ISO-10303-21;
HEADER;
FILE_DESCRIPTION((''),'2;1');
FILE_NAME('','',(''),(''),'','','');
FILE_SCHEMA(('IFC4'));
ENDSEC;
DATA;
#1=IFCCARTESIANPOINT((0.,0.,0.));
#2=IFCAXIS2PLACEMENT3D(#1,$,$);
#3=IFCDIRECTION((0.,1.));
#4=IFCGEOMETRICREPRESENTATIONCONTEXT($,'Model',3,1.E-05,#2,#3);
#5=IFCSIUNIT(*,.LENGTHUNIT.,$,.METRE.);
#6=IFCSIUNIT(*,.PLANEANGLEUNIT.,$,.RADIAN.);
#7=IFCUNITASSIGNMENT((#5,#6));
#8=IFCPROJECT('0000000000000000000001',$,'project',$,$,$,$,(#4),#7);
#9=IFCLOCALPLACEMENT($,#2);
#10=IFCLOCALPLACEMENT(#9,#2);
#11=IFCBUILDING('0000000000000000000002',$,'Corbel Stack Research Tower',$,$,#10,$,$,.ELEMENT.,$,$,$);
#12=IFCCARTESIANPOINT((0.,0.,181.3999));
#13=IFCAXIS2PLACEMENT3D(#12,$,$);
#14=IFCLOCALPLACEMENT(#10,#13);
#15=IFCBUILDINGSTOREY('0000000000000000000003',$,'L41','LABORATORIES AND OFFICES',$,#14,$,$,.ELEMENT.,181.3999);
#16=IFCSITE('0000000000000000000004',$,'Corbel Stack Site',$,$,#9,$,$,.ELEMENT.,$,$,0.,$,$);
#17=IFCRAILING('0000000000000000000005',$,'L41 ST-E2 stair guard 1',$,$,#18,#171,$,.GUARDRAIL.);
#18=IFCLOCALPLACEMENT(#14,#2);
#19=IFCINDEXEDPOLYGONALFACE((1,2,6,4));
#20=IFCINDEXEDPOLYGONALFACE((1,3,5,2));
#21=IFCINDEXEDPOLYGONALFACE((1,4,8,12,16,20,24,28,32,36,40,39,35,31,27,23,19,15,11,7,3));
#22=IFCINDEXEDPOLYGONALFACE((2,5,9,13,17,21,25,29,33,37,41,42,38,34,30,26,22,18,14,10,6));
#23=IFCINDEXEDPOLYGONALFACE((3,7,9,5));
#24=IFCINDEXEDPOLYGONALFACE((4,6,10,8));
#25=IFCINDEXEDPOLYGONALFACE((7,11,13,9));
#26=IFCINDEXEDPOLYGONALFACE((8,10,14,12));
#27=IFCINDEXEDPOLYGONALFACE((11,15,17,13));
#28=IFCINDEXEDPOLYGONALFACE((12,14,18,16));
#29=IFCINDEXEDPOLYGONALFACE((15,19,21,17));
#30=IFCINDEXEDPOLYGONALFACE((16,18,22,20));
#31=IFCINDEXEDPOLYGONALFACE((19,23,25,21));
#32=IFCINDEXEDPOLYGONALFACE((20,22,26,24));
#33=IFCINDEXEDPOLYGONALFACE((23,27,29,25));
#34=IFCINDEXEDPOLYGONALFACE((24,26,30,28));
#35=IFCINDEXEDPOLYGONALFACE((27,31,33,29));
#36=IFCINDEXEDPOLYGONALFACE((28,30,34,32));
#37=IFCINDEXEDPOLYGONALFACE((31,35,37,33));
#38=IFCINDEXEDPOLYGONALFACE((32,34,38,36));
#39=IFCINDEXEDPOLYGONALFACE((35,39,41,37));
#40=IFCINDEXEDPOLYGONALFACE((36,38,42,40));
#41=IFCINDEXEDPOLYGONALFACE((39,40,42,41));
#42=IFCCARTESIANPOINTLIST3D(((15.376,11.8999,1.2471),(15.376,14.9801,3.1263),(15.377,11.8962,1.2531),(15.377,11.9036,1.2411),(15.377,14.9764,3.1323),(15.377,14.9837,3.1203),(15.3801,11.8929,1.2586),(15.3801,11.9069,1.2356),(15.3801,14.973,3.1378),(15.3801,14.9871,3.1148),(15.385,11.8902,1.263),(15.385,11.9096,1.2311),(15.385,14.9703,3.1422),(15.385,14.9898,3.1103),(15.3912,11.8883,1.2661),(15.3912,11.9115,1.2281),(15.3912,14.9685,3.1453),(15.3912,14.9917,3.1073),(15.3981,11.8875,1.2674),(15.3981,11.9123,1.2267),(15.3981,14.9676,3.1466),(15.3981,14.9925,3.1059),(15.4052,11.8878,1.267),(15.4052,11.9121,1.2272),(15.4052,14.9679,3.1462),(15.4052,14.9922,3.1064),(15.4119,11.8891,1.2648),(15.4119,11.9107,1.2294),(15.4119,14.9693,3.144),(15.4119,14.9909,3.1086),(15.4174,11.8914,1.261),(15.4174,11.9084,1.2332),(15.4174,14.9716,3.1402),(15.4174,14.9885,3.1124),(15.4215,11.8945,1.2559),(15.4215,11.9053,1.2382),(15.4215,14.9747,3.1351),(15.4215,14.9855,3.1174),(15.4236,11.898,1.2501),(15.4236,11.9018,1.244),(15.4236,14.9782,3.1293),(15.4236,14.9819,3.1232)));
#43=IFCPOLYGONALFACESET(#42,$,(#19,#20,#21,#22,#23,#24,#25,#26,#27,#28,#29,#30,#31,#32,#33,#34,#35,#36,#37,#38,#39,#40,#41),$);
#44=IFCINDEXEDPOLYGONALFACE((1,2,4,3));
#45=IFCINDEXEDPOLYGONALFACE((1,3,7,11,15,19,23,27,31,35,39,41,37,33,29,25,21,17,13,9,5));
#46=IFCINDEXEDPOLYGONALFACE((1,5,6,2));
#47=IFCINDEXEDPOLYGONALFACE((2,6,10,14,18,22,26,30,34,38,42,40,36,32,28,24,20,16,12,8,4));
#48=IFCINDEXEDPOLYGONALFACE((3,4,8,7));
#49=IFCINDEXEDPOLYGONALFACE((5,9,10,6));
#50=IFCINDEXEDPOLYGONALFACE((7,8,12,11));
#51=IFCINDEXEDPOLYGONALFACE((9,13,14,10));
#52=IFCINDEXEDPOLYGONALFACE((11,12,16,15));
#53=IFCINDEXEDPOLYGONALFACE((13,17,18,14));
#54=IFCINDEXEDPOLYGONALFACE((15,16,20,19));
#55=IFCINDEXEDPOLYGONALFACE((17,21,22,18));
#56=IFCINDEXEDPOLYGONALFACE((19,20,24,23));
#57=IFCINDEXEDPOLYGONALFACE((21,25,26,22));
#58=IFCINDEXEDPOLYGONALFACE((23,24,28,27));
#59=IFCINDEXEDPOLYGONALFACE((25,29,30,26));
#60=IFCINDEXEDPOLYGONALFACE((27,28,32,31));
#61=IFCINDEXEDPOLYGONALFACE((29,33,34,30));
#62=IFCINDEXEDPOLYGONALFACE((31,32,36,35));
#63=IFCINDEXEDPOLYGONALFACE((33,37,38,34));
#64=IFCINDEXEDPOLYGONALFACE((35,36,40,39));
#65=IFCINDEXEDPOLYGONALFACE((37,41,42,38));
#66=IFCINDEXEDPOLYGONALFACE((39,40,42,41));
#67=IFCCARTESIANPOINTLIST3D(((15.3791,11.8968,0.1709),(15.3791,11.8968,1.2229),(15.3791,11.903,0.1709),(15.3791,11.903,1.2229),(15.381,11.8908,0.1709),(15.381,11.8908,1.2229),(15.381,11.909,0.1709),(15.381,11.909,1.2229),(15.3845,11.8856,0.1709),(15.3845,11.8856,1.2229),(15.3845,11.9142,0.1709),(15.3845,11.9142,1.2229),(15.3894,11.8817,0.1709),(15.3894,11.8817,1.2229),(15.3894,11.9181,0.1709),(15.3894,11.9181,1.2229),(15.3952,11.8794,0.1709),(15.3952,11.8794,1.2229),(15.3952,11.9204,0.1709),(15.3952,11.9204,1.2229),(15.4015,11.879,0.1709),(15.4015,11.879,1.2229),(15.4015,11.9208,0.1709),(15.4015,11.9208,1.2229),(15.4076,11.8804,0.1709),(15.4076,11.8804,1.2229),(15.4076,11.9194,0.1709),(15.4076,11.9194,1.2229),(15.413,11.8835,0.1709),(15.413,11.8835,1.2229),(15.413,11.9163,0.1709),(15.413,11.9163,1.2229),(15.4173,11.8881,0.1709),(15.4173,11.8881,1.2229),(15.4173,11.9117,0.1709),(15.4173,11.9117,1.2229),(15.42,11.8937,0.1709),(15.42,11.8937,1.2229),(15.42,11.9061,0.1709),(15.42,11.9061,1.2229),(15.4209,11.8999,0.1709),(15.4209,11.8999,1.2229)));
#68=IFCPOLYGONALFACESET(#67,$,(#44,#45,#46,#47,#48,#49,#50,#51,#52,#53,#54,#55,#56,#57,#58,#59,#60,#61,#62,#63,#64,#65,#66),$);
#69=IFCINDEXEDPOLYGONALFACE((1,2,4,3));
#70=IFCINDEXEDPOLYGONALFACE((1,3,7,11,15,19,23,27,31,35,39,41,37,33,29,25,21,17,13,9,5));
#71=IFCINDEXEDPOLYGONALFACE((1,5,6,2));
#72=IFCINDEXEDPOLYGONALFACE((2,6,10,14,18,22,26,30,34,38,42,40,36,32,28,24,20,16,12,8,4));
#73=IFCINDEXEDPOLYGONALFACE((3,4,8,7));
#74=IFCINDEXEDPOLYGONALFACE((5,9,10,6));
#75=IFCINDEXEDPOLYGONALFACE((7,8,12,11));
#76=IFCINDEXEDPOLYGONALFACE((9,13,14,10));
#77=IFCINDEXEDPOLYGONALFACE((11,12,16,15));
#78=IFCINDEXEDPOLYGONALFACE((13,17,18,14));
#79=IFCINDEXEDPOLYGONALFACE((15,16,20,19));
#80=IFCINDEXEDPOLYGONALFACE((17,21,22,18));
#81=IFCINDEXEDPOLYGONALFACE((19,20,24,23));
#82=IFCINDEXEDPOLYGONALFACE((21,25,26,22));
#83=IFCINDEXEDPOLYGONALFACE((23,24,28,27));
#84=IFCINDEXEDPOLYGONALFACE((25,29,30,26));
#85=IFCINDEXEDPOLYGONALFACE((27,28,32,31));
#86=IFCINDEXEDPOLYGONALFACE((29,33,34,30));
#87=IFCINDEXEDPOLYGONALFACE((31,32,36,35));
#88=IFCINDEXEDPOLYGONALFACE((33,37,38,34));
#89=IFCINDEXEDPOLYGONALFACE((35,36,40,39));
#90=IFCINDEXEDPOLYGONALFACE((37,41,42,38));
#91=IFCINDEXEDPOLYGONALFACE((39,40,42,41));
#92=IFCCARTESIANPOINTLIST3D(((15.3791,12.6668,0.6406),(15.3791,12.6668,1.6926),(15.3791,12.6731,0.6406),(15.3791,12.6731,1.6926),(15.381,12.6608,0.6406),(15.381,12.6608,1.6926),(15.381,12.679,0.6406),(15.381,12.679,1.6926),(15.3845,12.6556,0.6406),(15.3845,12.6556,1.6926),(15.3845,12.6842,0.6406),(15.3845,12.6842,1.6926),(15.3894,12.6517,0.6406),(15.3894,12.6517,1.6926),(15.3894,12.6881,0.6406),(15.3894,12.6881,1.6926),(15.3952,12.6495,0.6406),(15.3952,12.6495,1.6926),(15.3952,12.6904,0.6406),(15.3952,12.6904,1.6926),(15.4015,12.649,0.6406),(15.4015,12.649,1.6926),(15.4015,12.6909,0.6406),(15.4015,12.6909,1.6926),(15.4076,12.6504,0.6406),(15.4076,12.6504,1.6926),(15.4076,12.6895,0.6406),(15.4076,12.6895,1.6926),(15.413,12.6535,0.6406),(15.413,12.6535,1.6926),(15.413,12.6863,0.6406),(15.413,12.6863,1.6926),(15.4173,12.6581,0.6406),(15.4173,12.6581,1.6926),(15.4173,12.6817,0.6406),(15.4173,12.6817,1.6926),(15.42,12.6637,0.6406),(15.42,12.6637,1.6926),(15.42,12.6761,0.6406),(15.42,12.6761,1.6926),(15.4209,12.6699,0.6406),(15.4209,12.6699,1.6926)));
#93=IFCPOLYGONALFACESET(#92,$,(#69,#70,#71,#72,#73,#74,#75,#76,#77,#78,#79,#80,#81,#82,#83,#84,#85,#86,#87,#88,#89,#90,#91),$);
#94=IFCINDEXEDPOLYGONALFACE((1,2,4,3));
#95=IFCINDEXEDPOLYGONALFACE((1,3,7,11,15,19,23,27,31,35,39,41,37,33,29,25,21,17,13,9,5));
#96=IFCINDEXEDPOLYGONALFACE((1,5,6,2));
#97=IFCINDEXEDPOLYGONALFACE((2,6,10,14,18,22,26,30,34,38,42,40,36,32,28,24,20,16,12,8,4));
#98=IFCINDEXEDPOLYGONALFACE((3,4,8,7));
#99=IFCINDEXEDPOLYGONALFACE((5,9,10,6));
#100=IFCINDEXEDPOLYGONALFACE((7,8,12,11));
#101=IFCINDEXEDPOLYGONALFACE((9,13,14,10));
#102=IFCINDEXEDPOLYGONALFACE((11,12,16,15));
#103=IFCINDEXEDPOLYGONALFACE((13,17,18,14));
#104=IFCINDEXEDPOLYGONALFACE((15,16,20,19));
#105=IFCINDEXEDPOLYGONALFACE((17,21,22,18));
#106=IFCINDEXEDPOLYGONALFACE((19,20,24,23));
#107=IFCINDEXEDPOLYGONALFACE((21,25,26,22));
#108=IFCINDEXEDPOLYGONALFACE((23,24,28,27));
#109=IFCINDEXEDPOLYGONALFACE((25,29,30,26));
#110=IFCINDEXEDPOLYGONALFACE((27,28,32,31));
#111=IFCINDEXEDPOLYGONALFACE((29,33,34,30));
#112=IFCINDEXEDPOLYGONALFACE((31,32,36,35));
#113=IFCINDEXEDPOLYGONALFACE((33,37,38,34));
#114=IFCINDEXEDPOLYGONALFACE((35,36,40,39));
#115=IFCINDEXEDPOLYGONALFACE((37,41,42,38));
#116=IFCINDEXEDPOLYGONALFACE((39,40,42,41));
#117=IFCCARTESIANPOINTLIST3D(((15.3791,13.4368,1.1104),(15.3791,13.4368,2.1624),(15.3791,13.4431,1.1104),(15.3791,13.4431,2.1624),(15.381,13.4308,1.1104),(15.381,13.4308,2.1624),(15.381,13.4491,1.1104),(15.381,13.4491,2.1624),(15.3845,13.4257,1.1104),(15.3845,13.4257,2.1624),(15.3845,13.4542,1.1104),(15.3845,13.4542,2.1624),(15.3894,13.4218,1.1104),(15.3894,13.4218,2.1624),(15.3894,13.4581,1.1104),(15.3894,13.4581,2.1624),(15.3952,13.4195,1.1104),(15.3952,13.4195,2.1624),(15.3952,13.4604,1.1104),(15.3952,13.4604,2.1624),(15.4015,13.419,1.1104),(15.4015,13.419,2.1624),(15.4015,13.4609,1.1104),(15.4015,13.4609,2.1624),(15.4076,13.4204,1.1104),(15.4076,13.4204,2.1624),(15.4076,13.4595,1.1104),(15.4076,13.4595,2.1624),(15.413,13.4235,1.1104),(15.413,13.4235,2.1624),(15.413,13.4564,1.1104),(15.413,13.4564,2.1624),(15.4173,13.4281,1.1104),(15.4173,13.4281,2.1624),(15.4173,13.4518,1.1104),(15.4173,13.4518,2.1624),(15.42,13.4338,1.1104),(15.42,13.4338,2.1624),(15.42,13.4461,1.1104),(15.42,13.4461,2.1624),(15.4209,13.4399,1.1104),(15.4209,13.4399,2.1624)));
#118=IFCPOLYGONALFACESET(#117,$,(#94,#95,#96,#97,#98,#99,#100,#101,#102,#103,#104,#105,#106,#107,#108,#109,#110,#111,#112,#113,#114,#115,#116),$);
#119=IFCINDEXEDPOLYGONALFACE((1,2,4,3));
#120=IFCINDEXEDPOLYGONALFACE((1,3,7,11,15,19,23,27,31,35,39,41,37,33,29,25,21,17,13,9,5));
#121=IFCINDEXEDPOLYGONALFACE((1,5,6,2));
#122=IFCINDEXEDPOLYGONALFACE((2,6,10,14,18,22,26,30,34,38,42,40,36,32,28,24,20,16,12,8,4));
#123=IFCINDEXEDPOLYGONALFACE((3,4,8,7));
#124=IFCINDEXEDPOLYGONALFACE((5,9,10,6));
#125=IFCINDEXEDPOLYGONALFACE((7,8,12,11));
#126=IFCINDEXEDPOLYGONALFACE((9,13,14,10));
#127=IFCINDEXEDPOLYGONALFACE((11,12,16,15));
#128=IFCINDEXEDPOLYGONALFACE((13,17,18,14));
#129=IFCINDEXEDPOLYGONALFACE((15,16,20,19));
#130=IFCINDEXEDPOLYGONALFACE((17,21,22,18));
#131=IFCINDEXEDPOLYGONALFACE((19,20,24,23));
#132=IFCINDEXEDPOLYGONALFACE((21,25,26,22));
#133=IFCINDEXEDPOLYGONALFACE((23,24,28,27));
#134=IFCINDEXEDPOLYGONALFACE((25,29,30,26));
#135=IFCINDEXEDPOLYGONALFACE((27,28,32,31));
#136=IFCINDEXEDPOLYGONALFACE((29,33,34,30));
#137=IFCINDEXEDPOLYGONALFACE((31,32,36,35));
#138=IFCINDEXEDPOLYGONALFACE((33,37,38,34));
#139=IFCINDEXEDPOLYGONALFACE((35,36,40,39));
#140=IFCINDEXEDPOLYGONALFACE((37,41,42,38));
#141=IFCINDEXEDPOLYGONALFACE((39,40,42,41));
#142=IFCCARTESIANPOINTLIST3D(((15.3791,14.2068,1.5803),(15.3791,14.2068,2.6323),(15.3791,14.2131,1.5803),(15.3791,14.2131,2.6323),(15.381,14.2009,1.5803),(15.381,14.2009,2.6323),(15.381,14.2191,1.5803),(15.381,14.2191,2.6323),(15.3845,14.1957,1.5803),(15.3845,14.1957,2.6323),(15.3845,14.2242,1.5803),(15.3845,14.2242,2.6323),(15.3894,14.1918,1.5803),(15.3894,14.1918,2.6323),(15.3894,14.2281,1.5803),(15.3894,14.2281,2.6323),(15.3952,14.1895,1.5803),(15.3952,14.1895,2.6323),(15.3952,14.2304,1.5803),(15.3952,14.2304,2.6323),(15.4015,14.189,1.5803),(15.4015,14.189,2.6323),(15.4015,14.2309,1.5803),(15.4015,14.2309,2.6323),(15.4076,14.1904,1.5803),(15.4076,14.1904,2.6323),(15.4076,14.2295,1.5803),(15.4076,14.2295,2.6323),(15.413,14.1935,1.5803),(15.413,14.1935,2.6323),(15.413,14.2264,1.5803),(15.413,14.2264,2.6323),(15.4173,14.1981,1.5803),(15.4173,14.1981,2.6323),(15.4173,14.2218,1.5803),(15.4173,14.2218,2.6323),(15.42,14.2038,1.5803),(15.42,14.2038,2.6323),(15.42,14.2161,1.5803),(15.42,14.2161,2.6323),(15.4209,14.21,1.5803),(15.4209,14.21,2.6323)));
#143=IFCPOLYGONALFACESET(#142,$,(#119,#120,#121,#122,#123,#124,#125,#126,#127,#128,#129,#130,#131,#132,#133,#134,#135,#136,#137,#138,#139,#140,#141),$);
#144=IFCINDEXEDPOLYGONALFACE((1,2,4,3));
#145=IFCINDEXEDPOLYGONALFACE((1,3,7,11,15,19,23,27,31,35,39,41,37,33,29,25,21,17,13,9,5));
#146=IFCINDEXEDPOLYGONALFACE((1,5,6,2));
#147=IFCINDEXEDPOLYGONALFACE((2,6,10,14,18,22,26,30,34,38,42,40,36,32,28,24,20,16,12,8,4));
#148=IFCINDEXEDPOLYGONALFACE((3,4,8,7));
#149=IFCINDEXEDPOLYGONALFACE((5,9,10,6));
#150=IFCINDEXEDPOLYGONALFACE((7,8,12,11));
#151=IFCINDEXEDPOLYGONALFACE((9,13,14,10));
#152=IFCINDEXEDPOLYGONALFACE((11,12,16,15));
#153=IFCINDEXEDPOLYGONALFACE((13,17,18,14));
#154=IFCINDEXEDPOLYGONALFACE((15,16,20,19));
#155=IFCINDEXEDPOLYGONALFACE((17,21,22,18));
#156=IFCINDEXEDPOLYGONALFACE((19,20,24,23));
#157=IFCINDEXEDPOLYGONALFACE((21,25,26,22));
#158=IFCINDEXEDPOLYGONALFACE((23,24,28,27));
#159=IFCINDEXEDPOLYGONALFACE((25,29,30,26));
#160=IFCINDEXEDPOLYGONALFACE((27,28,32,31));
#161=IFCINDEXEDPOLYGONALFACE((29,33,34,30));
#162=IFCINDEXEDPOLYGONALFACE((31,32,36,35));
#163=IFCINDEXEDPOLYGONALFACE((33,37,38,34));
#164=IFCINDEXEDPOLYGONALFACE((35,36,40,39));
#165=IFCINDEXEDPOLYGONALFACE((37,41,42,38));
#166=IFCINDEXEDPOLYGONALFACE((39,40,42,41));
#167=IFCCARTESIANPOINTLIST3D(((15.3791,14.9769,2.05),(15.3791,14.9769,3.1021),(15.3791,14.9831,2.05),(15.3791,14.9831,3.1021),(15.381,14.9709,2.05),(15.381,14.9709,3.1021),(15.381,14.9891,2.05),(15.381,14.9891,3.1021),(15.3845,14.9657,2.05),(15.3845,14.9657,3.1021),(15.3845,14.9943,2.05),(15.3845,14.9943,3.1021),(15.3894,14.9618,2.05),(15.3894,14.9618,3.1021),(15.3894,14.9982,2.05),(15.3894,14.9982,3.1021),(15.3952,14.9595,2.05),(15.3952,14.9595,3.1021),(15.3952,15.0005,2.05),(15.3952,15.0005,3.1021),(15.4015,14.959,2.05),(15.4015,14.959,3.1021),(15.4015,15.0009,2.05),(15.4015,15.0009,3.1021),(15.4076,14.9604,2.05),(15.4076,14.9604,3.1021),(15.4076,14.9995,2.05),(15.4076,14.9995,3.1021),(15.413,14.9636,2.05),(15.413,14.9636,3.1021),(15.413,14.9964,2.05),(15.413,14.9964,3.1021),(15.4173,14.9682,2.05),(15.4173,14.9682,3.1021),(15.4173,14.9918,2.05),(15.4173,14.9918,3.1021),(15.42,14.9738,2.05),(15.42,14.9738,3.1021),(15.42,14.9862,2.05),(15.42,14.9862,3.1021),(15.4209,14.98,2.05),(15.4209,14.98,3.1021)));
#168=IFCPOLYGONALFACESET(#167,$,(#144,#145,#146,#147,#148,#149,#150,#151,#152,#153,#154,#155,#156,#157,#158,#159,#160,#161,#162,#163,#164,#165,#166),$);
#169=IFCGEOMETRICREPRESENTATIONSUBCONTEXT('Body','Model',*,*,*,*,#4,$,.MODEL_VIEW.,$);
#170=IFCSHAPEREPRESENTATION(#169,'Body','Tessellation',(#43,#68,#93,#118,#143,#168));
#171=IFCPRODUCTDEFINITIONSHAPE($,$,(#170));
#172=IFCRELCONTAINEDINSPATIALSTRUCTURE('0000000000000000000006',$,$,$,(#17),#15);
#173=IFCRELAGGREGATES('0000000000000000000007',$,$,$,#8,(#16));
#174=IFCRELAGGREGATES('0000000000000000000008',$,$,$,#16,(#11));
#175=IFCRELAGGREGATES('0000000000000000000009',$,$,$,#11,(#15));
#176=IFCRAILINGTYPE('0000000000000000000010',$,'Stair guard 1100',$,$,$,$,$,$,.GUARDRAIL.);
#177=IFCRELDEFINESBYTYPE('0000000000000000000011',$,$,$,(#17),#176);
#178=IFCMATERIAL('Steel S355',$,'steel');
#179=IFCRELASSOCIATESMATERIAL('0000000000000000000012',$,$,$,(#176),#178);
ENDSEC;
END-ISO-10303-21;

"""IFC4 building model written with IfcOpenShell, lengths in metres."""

from ifc_helpers import new_model, si_unit, direction, frame, origin, origin_2d, place, context, subcontext, project, spatial, circle, extrude, material, type_object, element, save


model = new_model("IFC4")

# Units and contexts
model_context = context("Model", 3, precision=1e-05, world=origin(), true_north=direction((0.0, 1.0)))
body_context = subcontext(model_context, "Body", "Model", "MODEL_VIEW")
ifc_project = project(units=[si_unit("LENGTHUNIT", "METRE"), si_unit("PLANEANGLEUNIT", "RADIAN")], contexts=[model_context])

# Site, building, storey
site_placement = place(None, origin())
site = spatial("IfcSite", under=ifc_project, at=site_placement, Name="Corbel Stack Site", CompositionType="ELEMENT", RefElevation=0.0)
building_placement = place(site_placement, origin())
building = spatial("IfcBuilding", under=site, at=building_placement, Name="Corbel Stack Research Tower", CompositionType="ELEMENT")
storey_placement = place(building_placement, frame((0.0, 0.0, 181.3999)))
storey = spatial("IfcBuildingStorey", under=building, at=storey_placement, Name="L41", Description="LABORATORIES AND OFFICES", CompositionType="ELEMENT", Elevation=181.3999)

# Railing
ifc_material_1 = material(Name="Steel S355", Category="steel")
railing_type_1 = type_object("IfcRailingType", Name="Stair guard 1100", PredefinedType="GUARDRAIL", material=ifc_material_1)
railing_1_placement = place(storey_placement, frame((15.3999, 11.8999, 0.1709)))
element("IfcRailing", 1, at=railing_1_placement, inside=storey, type_object=railing_type_1, Name="L41 ST-E2 stair guard 1", PredefinedType="GUARDRAIL", context=body_context, shape_type="SweptSolid", body=[
    extrude(circle(Radius=0.0239, at=origin_2d()), frame((0.0, 0.0, 1.0762), z_axis=(0.0, 0.853666, 0.52082), x_axis=(-1.0, 0.0, 0.0)), (0.0, 0.0, 1.0), 3.6082),
    extrude(circle(Radius=0.021, at=origin_2d()), origin(), (0.0, 0.0, 1.0), 1.052),
    extrude(circle(Radius=0.021, at=origin_2d()), frame((0.0, 0.77, 0.4697)), (0.0, 0.0, 1.0), 1.052),
    extrude(circle(Radius=0.021, at=origin_2d()), frame((0.0, 1.54, 0.9395)), (0.0, 0.0, 1.0), 1.052),
    extrude(circle(Radius=0.021, at=origin_2d()), frame((0.0, 2.3101, 1.4094)), (0.0, 0.0, 1.0), 1.052),
    extrude(circle(Radius=0.021, at=origin_2d()), frame((0.0, 3.0801, 1.8792)), (0.0, 0.0, 1.0), 1.052),
])

save(model, "model.ifc")
